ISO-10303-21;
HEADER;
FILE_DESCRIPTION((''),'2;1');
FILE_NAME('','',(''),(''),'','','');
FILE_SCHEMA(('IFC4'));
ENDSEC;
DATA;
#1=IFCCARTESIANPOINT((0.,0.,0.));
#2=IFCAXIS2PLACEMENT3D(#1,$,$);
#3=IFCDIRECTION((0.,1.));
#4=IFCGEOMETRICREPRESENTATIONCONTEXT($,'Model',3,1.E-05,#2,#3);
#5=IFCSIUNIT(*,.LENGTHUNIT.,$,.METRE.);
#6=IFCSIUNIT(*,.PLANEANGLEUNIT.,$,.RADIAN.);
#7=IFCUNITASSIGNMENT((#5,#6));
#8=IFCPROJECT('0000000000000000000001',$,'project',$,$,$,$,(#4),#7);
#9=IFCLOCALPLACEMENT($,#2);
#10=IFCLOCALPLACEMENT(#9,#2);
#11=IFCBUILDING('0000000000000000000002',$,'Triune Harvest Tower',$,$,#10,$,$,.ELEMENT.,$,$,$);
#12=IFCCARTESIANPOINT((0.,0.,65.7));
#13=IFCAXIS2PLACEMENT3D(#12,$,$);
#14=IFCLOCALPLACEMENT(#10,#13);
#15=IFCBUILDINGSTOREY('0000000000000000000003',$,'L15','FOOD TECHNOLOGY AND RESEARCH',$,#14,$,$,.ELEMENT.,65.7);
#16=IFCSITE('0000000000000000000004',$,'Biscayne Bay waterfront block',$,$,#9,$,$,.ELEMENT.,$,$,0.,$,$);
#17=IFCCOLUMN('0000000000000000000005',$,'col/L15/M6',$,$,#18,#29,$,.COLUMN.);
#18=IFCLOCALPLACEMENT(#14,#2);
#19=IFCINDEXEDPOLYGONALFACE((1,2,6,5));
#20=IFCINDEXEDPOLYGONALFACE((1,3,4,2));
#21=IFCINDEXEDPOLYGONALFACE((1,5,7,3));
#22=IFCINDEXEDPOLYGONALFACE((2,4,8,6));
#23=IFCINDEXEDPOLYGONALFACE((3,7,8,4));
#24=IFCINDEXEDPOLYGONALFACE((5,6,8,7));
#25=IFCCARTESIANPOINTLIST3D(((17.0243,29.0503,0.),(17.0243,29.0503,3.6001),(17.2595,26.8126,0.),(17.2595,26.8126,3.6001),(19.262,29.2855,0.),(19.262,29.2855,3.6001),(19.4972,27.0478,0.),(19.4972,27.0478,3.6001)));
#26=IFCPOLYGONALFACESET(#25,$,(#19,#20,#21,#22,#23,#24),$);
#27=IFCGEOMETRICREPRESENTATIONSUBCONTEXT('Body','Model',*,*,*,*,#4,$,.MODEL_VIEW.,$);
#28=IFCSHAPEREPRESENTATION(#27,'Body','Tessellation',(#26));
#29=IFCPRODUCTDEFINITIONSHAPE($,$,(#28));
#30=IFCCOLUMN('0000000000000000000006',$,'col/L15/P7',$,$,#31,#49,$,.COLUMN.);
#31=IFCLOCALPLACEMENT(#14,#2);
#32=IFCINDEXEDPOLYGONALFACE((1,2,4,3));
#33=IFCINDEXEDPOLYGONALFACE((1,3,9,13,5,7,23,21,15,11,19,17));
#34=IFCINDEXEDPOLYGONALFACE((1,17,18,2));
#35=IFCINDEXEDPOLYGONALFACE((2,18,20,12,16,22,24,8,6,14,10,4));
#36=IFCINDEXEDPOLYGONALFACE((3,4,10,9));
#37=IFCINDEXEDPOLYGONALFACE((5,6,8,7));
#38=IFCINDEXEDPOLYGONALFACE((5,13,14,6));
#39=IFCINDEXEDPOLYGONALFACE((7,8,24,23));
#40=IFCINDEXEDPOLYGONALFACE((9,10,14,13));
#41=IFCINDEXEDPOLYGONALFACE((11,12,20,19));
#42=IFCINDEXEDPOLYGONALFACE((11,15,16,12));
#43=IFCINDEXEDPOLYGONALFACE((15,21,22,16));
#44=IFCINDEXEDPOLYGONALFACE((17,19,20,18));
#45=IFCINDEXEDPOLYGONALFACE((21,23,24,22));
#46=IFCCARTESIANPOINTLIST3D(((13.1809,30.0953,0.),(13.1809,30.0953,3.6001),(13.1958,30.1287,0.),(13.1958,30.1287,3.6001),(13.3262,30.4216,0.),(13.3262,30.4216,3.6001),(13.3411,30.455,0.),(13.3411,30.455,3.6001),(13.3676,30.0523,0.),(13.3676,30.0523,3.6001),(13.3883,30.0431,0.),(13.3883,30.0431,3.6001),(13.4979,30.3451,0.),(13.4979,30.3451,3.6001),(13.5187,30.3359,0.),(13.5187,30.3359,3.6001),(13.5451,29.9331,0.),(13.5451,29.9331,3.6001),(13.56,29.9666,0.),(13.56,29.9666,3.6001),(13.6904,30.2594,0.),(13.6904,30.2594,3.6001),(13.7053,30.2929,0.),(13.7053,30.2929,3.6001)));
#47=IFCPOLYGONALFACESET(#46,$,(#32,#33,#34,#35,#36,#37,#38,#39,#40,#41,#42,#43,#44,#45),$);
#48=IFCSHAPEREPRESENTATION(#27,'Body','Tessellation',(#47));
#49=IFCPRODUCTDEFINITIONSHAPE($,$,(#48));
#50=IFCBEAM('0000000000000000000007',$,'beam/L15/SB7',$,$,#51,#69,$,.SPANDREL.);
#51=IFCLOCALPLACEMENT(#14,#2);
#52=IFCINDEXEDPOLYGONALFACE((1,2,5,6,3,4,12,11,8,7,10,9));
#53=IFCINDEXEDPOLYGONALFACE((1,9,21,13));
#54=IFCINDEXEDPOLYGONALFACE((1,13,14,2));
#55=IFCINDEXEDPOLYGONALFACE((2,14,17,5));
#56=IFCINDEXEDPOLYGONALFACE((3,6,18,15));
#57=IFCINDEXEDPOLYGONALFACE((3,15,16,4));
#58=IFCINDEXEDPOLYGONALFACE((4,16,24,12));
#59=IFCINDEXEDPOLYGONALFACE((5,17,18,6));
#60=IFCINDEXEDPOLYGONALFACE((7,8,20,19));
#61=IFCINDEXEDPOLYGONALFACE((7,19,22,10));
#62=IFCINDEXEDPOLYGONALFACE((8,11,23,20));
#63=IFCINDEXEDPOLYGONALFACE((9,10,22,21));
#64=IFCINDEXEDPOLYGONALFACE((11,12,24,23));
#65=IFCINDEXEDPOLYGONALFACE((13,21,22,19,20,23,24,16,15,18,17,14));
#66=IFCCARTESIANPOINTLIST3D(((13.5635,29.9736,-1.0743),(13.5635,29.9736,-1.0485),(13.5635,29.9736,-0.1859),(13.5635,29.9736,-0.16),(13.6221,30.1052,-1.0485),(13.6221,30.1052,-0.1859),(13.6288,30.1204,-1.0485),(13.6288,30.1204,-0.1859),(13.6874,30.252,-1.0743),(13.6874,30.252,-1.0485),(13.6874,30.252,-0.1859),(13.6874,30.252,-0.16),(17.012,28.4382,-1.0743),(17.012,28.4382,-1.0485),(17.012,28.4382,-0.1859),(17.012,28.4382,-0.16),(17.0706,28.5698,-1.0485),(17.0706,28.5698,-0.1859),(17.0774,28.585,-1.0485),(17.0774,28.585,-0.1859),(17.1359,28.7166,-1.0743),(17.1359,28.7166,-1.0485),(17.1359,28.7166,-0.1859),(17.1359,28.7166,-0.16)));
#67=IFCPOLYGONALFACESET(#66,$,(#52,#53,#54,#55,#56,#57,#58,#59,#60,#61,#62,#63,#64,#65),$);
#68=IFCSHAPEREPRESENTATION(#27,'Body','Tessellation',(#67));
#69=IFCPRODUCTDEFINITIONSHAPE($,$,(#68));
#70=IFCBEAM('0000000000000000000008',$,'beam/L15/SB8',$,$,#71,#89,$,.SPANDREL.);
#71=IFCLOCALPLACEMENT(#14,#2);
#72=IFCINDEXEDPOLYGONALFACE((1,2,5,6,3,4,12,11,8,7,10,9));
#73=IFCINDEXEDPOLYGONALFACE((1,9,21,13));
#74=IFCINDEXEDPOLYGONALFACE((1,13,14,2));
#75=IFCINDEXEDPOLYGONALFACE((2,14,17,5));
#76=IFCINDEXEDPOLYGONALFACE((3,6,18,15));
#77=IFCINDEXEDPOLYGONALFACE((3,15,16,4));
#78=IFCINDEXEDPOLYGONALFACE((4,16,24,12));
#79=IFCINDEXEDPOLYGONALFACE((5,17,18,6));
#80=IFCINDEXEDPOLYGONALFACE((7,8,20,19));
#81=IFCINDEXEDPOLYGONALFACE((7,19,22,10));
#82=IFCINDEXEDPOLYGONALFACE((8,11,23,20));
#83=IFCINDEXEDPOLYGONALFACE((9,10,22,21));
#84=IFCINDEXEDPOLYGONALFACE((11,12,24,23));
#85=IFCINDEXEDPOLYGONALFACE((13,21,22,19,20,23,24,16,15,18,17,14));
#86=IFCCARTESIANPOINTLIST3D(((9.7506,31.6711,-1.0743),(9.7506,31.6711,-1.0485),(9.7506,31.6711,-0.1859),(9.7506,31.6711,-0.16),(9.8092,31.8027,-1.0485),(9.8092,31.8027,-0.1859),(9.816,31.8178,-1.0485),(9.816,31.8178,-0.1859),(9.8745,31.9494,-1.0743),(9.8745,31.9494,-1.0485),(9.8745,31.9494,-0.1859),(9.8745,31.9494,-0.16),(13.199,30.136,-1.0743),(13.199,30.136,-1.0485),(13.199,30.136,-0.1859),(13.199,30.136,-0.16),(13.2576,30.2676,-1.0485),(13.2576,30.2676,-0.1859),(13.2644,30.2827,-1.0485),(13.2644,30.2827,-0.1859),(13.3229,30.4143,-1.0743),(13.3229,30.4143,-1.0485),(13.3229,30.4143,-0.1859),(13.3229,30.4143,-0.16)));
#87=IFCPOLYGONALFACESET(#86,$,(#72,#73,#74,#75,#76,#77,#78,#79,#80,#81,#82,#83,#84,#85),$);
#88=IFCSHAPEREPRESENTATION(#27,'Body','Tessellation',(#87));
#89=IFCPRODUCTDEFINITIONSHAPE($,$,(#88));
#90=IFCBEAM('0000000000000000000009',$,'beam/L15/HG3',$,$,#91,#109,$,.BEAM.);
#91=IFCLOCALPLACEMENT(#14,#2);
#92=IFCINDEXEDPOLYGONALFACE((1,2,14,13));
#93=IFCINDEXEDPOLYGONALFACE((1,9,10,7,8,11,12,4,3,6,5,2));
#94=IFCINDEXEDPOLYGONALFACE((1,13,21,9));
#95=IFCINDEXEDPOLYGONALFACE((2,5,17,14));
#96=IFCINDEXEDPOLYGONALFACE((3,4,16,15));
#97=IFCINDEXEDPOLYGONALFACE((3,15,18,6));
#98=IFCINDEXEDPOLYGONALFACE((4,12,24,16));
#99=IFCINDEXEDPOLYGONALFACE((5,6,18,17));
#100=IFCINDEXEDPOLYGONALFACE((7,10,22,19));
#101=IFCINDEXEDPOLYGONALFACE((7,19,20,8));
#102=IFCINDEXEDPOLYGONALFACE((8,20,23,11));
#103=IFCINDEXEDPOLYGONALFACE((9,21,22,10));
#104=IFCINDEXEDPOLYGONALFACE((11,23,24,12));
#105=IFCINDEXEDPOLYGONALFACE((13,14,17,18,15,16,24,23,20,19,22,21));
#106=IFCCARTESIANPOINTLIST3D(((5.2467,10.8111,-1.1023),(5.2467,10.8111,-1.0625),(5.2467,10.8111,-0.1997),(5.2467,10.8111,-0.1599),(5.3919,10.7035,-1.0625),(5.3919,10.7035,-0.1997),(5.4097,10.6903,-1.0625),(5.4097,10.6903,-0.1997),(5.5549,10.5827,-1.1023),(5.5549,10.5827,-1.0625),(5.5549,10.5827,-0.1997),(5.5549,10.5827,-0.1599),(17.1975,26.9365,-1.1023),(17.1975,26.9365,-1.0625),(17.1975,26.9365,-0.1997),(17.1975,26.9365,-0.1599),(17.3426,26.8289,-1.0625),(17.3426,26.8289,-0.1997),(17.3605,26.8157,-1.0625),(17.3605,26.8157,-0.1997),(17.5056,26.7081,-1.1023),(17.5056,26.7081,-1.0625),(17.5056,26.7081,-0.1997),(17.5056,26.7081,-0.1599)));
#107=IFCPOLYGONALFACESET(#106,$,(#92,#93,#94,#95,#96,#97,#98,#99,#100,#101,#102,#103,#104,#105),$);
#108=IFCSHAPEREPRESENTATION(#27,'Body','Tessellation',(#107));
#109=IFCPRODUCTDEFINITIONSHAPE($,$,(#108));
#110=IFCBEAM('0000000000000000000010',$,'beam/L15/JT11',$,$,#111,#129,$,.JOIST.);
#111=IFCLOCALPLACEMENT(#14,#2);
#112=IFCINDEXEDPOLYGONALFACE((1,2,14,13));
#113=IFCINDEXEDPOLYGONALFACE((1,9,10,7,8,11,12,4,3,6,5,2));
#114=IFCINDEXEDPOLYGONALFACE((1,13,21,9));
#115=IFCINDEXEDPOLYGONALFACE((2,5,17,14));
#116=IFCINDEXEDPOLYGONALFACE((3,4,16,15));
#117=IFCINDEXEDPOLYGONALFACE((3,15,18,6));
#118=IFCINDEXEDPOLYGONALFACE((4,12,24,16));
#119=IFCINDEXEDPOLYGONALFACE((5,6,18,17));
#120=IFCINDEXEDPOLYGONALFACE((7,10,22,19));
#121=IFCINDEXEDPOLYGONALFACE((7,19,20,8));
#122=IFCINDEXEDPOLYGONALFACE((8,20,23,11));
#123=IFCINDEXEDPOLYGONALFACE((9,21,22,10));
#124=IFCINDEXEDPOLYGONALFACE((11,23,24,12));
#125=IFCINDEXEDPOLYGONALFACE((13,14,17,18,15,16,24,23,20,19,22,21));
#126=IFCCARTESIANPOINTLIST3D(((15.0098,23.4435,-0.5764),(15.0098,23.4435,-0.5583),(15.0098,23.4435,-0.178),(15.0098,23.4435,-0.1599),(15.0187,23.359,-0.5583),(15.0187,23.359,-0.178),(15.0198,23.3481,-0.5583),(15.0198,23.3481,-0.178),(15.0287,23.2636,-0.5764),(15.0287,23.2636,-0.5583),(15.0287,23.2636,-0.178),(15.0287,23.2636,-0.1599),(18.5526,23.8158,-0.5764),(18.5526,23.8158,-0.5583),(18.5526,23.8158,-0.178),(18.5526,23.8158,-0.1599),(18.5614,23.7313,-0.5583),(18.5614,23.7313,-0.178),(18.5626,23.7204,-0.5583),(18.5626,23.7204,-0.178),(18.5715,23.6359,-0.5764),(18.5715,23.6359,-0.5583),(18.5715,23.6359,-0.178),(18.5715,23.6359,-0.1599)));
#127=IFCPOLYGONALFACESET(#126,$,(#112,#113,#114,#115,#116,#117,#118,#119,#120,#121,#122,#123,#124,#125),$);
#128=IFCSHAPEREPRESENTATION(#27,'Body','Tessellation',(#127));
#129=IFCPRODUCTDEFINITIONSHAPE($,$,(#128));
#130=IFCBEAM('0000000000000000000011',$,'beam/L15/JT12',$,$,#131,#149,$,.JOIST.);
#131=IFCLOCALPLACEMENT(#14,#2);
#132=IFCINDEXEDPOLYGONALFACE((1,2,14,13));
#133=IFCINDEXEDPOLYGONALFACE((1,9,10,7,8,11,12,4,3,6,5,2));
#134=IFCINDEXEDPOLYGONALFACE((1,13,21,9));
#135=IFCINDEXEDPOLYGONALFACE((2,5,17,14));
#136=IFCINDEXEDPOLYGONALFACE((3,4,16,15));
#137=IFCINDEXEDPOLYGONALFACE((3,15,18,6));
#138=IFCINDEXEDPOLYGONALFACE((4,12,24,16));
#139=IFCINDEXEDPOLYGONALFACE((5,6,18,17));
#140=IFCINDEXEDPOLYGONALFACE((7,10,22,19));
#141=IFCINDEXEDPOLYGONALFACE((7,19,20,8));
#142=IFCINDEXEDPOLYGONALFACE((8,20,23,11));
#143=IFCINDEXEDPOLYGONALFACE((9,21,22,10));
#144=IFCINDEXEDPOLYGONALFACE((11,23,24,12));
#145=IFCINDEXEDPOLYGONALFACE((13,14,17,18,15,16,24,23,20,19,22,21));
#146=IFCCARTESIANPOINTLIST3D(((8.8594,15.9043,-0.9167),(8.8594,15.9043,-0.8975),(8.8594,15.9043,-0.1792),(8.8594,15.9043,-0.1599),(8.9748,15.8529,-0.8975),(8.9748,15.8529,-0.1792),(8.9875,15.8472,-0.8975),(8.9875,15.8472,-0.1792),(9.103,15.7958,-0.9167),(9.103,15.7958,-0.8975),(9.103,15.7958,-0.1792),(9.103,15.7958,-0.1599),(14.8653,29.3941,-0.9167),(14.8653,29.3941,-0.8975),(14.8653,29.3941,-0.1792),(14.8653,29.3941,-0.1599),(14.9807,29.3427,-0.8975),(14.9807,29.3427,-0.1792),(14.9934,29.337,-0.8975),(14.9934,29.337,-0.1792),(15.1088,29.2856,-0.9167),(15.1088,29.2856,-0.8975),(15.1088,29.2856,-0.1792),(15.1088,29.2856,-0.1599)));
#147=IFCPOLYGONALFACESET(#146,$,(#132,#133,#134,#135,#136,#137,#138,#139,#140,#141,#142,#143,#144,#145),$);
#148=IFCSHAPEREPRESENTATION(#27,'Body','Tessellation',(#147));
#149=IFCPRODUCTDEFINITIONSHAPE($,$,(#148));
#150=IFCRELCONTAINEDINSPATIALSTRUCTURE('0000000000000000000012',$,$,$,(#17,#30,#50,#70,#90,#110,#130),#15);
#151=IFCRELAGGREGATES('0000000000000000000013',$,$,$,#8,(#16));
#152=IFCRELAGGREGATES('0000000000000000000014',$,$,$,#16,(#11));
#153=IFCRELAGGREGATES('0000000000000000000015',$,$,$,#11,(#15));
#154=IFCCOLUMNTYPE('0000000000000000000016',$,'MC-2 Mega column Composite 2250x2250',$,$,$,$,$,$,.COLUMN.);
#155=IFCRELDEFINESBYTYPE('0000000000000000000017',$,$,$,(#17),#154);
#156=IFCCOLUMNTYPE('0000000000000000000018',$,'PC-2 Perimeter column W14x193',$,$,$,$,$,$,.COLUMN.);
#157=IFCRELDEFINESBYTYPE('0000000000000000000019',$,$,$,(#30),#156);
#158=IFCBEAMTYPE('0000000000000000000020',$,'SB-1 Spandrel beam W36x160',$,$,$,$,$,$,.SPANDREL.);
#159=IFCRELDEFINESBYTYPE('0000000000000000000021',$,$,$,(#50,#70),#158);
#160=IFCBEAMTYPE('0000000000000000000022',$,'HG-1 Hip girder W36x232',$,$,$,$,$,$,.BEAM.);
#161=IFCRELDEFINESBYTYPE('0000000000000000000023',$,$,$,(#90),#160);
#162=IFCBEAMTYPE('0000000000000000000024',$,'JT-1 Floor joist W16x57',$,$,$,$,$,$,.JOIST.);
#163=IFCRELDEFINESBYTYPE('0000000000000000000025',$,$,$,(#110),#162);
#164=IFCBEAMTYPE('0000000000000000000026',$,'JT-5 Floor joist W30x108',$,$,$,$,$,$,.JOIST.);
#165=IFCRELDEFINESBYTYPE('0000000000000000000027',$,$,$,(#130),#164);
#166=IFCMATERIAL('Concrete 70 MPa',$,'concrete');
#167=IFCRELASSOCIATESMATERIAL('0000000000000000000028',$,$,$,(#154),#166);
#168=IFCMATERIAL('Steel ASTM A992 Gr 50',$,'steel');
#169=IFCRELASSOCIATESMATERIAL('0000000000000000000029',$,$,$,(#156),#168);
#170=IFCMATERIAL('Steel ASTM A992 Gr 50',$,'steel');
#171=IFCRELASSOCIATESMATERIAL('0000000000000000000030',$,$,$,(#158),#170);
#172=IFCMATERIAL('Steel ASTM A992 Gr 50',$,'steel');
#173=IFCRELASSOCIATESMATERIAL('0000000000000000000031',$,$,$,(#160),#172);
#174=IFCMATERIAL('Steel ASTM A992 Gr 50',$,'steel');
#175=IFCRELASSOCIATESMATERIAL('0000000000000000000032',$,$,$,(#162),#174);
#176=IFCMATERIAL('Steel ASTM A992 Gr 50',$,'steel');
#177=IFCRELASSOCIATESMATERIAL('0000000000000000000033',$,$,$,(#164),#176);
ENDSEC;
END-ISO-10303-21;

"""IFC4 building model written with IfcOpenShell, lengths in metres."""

from ifc_helpers import new_model, si_unit, direction, frame, origin, origin_2d, place, context, subcontext, project, spatial, rectangle, i_section, extrude, source, transform, mapped, material, material_profile, profile_set, type_object, element, save


model = new_model("IFC4")

# Units and contexts
model_context = context("Model", 3, precision=1e-05, world=origin(), true_north=direction((0.0, 1.0)))
body_context = subcontext(model_context, "Body", "Model", "MODEL_VIEW")
ifc_project = project(units=[si_unit("LENGTHUNIT", "METRE"), si_unit("PLANEANGLEUNIT", "RADIAN")], contexts=[model_context])

# Site, building, storey
site_placement = place(None, origin())
site = spatial("IfcSite", under=ifc_project, at=site_placement, Name="Biscayne Bay waterfront block", CompositionType="ELEMENT", RefElevation=0.0)
building_placement = place(site_placement, origin())
building = spatial("IfcBuilding", under=site, at=building_placement, Name="Triune Harvest Tower", CompositionType="ELEMENT")
storey_placement = place(building_placement, frame((0.0, 0.0, 65.7)))
storey = spatial("IfcBuildingStorey", under=building, at=storey_placement, Name="L15", Description="FOOD TECHNOLOGY AND RESEARCH", CompositionType="ELEMENT", Elevation=65.7)

# Columns
ifc_material_1 = material(Name="Concrete 70 MPa", Category="concrete")
ifc_material_profile_1 = material_profile(ifc_material_1, rectangle(XDim=2.25, YDim=2.25, at=origin_2d()), Name="Composite 2250x2250")
ifc_profile_set_1 = profile_set([ifc_material_profile_1], Name="Concrete 70 MPa")
column_type_1 = type_object("IfcColumnType", Name="MC-2 Mega column Composite 2250x2250", PredefinedType="COLUMN", material=ifc_profile_set_1)
shared_shape_1 = source(origin(), body_context, "Body", "SweptSolid", [
    extrude(rectangle(XDim=2.25, YDim=2.25, at=origin_2d()), origin(), (0.0, 0.0, 1.0), 3.6001),
])
column_1_placement = place(storey_placement, frame((18.2607, 28.0491, 0.0), z_axis=(0.0, 0.0, 1.0), x_axis=(-0.104527, 0.994522, 0.0)))
element("IfcColumn", 1, at=column_1_placement, inside=storey, type_object=column_type_1, Name="col/L15/M6", PredefinedType="COLUMN", context=body_context, shape_type="MappedRepresentation", body=[
    mapped(shared_shape_1, transform((0.0, 0.0, 0.0), scale=1.0)),
])
ifc_material_2 = material(Name="Steel ASTM A992 Gr 50", Category="steel")
ifc_material_profile_2 = material_profile(ifc_material_2, i_section(OverallWidth=0.3987, OverallDepth=0.3938, WebThickness=0.0227, FlangeThickness=0.0366, at=origin_2d()), Name="W14x193")
ifc_profile_set_2 = profile_set([ifc_material_profile_2], Name="Steel ASTM A992 Gr 50")
column_type_2 = type_object("IfcColumnType", Name="PC-2 Perimeter column W14x193", PredefinedType="COLUMN", material=ifc_profile_set_2)
shared_shape_2 = source(origin(), body_context, "Body", "SweptSolid", [
    extrude(i_section(OverallWidth=0.3987, OverallDepth=0.3938, WebThickness=0.0227, FlangeThickness=0.0366, at=origin_2d()), origin(), (0.0, 0.0, 1.0), 3.6001),
])
column_2_placement = place(storey_placement, frame((13.4431, 30.1941, 0.0), z_axis=(0.0, 0.0, 1.0), x_axis=(-0.913547, 0.406733, 0.0)))
element("IfcColumn", 2, at=column_2_placement, inside=storey, type_object=column_type_2, Name="col/L15/P7", PredefinedType="COLUMN", context=body_context, shape_type="MappedRepresentation", body=[
    mapped(shared_shape_2, transform((0.0, 0.0, 0.0), scale=1.0)),
])

# Beams
ifc_material_3 = material(Name="Steel ASTM A992 Gr 50", Category="steel")
ifc_material_profile_3 = material_profile(ifc_material_3, i_section(OverallWidth=0.3047, OverallDepth=0.9143, WebThickness=0.0166, FlangeThickness=0.0259, at=origin_2d()), Name="W36x160")
ifc_profile_set_3 = profile_set([ifc_material_profile_3], Name="Steel ASTM A992 Gr 50")
beam_type_1 = type_object("IfcBeamType", Name="SB-1 Spandrel beam W36x160", PredefinedType="SPANDREL", material=ifc_profile_set_3)
shared_shape_3 = source(origin(), body_context, "Body", "SweptSolid", [
    extrude(i_section(OverallWidth=0.3047, OverallDepth=0.9143, WebThickness=0.0166, FlangeThickness=0.0259, at=origin_2d()), origin(), (0.0, 0.0, 1.0), 3.7749),
])
beam_1_placement = place(storey_placement, frame((17.074, 28.5774, -0.6172), z_axis=(-0.913542, 0.406744, 0.0), x_axis=(-0.406744, -0.913542, 0.0)))
element("IfcBeam", 3, at=beam_1_placement, inside=storey, type_object=beam_type_1, Name="beam/L15/SB7", PredefinedType="SPANDREL", context=body_context, shape_type="MappedRepresentation", body=[
    mapped(shared_shape_3, transform((0.0, 0.0, 0.0), scale=1.0)),
])
shared_shape_4 = source(origin(), body_context, "Body", "SweptSolid", [
    extrude(i_section(OverallWidth=0.3047, OverallDepth=0.9143, WebThickness=0.0166, FlangeThickness=0.0259, at=origin_2d()), origin(), (0.0, 0.0, 1.0), 3.7747),
])
beam_2_placement = place(storey_placement, frame((13.261, 30.2751, -0.6172), z_axis=(-0.913566, 0.40669, 0.0), x_axis=(-0.40669, -0.913566, 0.0)))
element("IfcBeam", 4, at=beam_2_placement, inside=storey, type_object=beam_type_1, Name="beam/L15/SB8", PredefinedType="SPANDREL", context=body_context, shape_type="MappedRepresentation", body=[
    mapped(shared_shape_4, transform((0.0, 0.0, 0.0), scale=1.0)),
])
ifc_material_4 = material(Name="Steel ASTM A992 Gr 50", Category="steel")
ifc_material_profile_4 = material_profile(ifc_material_4, i_section(OverallWidth=0.3835, OverallDepth=0.9424, WebThickness=0.0222, FlangeThickness=0.0398, at=origin_2d()), Name="W36x232")
ifc_profile_set_4 = profile_set([ifc_material_profile_4], Name="Steel ASTM A992 Gr 50")
beam_type_2 = type_object("IfcBeamType", Name="HG-1 Hip girder W36x232", PredefinedType="BEAM", material=ifc_profile_set_4)
shared_shape_5 = source(origin(), body_context, "Body", "SweptSolid", [
    extrude(i_section(OverallWidth=0.3835, OverallDepth=0.9424, WebThickness=0.0222, FlangeThickness=0.0398, at=origin_2d()), origin(), (0.0, 0.0, 1.0), 20.071),
])
beam_3_placement = place(storey_placement, frame((17.3516, 26.8223, -0.6311), z_axis=(-0.595422, -0.803413, 0.0), x_axis=(0.803413, -0.595422, 0.0)))
element("IfcBeam", 5, at=beam_3_placement, inside=storey, type_object=beam_type_2, Name="beam/L15/HG3", PredefinedType="BEAM", context=body_context, shape_type="MappedRepresentation", body=[
    mapped(shared_shape_5, transform((0.0, 0.0, 0.0), scale=1.0)),
])
ifc_material_5 = material(Name="Steel ASTM A992 Gr 50", Category="steel")
ifc_material_profile_5 = material_profile(ifc_material_5, i_section(OverallWidth=0.1809, OverallDepth=0.4165, WebThickness=0.011, FlangeThickness=0.0181, at=origin_2d()), Name="W16x57")
ifc_profile_set_5 = profile_set([ifc_material_profile_5], Name="Steel ASTM A992 Gr 50")
beam_type_3 = type_object("IfcBeamType", Name="JT-1 Floor joist W16x57", PredefinedType="JOIST", material=ifc_profile_set_5)
shared_shape_6 = source(origin(), body_context, "Body", "SweptSolid", [
    extrude(i_section(OverallWidth=0.1809, OverallDepth=0.4165, WebThickness=0.011, FlangeThickness=0.0181, at=origin_2d()), origin(), (0.0, 0.0, 1.0), 3.5623),
])
beam_4_placement = place(storey_placement, frame((18.562, 23.7258, -0.3682), z_axis=(-0.994523, -0.104517, 0.0), x_axis=(0.104517, -0.994523, 0.0)))
element("IfcBeam", 6, at=beam_4_placement, inside=storey, type_object=beam_type_3, Name="beam/L15/JT11", PredefinedType="JOIST", context=body_context, shape_type="MappedRepresentation", body=[
    mapped(shared_shape_6, transform((0.0, 0.0, 0.0), scale=1.0)),
])
ifc_material_6 = material(Name="Steel ASTM A992 Gr 50", Category="steel")
ifc_material_profile_6 = material_profile(ifc_material_6, i_section(OverallWidth=0.2666, OverallDepth=0.7568, WebThickness=0.0139, FlangeThickness=0.0193, at=origin_2d()), Name="W30x108")
ifc_profile_set_6 = profile_set([ifc_material_profile_6], Name="Steel ASTM A992 Gr 50")
beam_type_4 = type_object("IfcBeamType", Name="JT-5 Floor joist W30x108", PredefinedType="JOIST", material=ifc_profile_set_6)
shared_shape_7 = source(origin(), body_context, "Body", "SweptSolid", [
    extrude(i_section(OverallWidth=0.2666, OverallDepth=0.7568, WebThickness=0.0139, FlangeThickness=0.0193, at=origin_2d()), origin(), (0.0, 0.0, 1.0), 14.7664),
])
beam_5_placement = place(storey_placement, frame((14.9871, 29.3398, -0.5383), z_axis=(-0.406727, -0.91355, 0.0), x_axis=(0.91355, -0.406727, 0.0)))
element("IfcBeam", 7, at=beam_5_placement, inside=storey, type_object=beam_type_4, Name="beam/L15/JT12", PredefinedType="JOIST", context=body_context, shape_type="MappedRepresentation", body=[
    mapped(shared_shape_7, transform((0.0, 0.0, 0.0), scale=1.0)),
])

save(model, "model.ifc")
